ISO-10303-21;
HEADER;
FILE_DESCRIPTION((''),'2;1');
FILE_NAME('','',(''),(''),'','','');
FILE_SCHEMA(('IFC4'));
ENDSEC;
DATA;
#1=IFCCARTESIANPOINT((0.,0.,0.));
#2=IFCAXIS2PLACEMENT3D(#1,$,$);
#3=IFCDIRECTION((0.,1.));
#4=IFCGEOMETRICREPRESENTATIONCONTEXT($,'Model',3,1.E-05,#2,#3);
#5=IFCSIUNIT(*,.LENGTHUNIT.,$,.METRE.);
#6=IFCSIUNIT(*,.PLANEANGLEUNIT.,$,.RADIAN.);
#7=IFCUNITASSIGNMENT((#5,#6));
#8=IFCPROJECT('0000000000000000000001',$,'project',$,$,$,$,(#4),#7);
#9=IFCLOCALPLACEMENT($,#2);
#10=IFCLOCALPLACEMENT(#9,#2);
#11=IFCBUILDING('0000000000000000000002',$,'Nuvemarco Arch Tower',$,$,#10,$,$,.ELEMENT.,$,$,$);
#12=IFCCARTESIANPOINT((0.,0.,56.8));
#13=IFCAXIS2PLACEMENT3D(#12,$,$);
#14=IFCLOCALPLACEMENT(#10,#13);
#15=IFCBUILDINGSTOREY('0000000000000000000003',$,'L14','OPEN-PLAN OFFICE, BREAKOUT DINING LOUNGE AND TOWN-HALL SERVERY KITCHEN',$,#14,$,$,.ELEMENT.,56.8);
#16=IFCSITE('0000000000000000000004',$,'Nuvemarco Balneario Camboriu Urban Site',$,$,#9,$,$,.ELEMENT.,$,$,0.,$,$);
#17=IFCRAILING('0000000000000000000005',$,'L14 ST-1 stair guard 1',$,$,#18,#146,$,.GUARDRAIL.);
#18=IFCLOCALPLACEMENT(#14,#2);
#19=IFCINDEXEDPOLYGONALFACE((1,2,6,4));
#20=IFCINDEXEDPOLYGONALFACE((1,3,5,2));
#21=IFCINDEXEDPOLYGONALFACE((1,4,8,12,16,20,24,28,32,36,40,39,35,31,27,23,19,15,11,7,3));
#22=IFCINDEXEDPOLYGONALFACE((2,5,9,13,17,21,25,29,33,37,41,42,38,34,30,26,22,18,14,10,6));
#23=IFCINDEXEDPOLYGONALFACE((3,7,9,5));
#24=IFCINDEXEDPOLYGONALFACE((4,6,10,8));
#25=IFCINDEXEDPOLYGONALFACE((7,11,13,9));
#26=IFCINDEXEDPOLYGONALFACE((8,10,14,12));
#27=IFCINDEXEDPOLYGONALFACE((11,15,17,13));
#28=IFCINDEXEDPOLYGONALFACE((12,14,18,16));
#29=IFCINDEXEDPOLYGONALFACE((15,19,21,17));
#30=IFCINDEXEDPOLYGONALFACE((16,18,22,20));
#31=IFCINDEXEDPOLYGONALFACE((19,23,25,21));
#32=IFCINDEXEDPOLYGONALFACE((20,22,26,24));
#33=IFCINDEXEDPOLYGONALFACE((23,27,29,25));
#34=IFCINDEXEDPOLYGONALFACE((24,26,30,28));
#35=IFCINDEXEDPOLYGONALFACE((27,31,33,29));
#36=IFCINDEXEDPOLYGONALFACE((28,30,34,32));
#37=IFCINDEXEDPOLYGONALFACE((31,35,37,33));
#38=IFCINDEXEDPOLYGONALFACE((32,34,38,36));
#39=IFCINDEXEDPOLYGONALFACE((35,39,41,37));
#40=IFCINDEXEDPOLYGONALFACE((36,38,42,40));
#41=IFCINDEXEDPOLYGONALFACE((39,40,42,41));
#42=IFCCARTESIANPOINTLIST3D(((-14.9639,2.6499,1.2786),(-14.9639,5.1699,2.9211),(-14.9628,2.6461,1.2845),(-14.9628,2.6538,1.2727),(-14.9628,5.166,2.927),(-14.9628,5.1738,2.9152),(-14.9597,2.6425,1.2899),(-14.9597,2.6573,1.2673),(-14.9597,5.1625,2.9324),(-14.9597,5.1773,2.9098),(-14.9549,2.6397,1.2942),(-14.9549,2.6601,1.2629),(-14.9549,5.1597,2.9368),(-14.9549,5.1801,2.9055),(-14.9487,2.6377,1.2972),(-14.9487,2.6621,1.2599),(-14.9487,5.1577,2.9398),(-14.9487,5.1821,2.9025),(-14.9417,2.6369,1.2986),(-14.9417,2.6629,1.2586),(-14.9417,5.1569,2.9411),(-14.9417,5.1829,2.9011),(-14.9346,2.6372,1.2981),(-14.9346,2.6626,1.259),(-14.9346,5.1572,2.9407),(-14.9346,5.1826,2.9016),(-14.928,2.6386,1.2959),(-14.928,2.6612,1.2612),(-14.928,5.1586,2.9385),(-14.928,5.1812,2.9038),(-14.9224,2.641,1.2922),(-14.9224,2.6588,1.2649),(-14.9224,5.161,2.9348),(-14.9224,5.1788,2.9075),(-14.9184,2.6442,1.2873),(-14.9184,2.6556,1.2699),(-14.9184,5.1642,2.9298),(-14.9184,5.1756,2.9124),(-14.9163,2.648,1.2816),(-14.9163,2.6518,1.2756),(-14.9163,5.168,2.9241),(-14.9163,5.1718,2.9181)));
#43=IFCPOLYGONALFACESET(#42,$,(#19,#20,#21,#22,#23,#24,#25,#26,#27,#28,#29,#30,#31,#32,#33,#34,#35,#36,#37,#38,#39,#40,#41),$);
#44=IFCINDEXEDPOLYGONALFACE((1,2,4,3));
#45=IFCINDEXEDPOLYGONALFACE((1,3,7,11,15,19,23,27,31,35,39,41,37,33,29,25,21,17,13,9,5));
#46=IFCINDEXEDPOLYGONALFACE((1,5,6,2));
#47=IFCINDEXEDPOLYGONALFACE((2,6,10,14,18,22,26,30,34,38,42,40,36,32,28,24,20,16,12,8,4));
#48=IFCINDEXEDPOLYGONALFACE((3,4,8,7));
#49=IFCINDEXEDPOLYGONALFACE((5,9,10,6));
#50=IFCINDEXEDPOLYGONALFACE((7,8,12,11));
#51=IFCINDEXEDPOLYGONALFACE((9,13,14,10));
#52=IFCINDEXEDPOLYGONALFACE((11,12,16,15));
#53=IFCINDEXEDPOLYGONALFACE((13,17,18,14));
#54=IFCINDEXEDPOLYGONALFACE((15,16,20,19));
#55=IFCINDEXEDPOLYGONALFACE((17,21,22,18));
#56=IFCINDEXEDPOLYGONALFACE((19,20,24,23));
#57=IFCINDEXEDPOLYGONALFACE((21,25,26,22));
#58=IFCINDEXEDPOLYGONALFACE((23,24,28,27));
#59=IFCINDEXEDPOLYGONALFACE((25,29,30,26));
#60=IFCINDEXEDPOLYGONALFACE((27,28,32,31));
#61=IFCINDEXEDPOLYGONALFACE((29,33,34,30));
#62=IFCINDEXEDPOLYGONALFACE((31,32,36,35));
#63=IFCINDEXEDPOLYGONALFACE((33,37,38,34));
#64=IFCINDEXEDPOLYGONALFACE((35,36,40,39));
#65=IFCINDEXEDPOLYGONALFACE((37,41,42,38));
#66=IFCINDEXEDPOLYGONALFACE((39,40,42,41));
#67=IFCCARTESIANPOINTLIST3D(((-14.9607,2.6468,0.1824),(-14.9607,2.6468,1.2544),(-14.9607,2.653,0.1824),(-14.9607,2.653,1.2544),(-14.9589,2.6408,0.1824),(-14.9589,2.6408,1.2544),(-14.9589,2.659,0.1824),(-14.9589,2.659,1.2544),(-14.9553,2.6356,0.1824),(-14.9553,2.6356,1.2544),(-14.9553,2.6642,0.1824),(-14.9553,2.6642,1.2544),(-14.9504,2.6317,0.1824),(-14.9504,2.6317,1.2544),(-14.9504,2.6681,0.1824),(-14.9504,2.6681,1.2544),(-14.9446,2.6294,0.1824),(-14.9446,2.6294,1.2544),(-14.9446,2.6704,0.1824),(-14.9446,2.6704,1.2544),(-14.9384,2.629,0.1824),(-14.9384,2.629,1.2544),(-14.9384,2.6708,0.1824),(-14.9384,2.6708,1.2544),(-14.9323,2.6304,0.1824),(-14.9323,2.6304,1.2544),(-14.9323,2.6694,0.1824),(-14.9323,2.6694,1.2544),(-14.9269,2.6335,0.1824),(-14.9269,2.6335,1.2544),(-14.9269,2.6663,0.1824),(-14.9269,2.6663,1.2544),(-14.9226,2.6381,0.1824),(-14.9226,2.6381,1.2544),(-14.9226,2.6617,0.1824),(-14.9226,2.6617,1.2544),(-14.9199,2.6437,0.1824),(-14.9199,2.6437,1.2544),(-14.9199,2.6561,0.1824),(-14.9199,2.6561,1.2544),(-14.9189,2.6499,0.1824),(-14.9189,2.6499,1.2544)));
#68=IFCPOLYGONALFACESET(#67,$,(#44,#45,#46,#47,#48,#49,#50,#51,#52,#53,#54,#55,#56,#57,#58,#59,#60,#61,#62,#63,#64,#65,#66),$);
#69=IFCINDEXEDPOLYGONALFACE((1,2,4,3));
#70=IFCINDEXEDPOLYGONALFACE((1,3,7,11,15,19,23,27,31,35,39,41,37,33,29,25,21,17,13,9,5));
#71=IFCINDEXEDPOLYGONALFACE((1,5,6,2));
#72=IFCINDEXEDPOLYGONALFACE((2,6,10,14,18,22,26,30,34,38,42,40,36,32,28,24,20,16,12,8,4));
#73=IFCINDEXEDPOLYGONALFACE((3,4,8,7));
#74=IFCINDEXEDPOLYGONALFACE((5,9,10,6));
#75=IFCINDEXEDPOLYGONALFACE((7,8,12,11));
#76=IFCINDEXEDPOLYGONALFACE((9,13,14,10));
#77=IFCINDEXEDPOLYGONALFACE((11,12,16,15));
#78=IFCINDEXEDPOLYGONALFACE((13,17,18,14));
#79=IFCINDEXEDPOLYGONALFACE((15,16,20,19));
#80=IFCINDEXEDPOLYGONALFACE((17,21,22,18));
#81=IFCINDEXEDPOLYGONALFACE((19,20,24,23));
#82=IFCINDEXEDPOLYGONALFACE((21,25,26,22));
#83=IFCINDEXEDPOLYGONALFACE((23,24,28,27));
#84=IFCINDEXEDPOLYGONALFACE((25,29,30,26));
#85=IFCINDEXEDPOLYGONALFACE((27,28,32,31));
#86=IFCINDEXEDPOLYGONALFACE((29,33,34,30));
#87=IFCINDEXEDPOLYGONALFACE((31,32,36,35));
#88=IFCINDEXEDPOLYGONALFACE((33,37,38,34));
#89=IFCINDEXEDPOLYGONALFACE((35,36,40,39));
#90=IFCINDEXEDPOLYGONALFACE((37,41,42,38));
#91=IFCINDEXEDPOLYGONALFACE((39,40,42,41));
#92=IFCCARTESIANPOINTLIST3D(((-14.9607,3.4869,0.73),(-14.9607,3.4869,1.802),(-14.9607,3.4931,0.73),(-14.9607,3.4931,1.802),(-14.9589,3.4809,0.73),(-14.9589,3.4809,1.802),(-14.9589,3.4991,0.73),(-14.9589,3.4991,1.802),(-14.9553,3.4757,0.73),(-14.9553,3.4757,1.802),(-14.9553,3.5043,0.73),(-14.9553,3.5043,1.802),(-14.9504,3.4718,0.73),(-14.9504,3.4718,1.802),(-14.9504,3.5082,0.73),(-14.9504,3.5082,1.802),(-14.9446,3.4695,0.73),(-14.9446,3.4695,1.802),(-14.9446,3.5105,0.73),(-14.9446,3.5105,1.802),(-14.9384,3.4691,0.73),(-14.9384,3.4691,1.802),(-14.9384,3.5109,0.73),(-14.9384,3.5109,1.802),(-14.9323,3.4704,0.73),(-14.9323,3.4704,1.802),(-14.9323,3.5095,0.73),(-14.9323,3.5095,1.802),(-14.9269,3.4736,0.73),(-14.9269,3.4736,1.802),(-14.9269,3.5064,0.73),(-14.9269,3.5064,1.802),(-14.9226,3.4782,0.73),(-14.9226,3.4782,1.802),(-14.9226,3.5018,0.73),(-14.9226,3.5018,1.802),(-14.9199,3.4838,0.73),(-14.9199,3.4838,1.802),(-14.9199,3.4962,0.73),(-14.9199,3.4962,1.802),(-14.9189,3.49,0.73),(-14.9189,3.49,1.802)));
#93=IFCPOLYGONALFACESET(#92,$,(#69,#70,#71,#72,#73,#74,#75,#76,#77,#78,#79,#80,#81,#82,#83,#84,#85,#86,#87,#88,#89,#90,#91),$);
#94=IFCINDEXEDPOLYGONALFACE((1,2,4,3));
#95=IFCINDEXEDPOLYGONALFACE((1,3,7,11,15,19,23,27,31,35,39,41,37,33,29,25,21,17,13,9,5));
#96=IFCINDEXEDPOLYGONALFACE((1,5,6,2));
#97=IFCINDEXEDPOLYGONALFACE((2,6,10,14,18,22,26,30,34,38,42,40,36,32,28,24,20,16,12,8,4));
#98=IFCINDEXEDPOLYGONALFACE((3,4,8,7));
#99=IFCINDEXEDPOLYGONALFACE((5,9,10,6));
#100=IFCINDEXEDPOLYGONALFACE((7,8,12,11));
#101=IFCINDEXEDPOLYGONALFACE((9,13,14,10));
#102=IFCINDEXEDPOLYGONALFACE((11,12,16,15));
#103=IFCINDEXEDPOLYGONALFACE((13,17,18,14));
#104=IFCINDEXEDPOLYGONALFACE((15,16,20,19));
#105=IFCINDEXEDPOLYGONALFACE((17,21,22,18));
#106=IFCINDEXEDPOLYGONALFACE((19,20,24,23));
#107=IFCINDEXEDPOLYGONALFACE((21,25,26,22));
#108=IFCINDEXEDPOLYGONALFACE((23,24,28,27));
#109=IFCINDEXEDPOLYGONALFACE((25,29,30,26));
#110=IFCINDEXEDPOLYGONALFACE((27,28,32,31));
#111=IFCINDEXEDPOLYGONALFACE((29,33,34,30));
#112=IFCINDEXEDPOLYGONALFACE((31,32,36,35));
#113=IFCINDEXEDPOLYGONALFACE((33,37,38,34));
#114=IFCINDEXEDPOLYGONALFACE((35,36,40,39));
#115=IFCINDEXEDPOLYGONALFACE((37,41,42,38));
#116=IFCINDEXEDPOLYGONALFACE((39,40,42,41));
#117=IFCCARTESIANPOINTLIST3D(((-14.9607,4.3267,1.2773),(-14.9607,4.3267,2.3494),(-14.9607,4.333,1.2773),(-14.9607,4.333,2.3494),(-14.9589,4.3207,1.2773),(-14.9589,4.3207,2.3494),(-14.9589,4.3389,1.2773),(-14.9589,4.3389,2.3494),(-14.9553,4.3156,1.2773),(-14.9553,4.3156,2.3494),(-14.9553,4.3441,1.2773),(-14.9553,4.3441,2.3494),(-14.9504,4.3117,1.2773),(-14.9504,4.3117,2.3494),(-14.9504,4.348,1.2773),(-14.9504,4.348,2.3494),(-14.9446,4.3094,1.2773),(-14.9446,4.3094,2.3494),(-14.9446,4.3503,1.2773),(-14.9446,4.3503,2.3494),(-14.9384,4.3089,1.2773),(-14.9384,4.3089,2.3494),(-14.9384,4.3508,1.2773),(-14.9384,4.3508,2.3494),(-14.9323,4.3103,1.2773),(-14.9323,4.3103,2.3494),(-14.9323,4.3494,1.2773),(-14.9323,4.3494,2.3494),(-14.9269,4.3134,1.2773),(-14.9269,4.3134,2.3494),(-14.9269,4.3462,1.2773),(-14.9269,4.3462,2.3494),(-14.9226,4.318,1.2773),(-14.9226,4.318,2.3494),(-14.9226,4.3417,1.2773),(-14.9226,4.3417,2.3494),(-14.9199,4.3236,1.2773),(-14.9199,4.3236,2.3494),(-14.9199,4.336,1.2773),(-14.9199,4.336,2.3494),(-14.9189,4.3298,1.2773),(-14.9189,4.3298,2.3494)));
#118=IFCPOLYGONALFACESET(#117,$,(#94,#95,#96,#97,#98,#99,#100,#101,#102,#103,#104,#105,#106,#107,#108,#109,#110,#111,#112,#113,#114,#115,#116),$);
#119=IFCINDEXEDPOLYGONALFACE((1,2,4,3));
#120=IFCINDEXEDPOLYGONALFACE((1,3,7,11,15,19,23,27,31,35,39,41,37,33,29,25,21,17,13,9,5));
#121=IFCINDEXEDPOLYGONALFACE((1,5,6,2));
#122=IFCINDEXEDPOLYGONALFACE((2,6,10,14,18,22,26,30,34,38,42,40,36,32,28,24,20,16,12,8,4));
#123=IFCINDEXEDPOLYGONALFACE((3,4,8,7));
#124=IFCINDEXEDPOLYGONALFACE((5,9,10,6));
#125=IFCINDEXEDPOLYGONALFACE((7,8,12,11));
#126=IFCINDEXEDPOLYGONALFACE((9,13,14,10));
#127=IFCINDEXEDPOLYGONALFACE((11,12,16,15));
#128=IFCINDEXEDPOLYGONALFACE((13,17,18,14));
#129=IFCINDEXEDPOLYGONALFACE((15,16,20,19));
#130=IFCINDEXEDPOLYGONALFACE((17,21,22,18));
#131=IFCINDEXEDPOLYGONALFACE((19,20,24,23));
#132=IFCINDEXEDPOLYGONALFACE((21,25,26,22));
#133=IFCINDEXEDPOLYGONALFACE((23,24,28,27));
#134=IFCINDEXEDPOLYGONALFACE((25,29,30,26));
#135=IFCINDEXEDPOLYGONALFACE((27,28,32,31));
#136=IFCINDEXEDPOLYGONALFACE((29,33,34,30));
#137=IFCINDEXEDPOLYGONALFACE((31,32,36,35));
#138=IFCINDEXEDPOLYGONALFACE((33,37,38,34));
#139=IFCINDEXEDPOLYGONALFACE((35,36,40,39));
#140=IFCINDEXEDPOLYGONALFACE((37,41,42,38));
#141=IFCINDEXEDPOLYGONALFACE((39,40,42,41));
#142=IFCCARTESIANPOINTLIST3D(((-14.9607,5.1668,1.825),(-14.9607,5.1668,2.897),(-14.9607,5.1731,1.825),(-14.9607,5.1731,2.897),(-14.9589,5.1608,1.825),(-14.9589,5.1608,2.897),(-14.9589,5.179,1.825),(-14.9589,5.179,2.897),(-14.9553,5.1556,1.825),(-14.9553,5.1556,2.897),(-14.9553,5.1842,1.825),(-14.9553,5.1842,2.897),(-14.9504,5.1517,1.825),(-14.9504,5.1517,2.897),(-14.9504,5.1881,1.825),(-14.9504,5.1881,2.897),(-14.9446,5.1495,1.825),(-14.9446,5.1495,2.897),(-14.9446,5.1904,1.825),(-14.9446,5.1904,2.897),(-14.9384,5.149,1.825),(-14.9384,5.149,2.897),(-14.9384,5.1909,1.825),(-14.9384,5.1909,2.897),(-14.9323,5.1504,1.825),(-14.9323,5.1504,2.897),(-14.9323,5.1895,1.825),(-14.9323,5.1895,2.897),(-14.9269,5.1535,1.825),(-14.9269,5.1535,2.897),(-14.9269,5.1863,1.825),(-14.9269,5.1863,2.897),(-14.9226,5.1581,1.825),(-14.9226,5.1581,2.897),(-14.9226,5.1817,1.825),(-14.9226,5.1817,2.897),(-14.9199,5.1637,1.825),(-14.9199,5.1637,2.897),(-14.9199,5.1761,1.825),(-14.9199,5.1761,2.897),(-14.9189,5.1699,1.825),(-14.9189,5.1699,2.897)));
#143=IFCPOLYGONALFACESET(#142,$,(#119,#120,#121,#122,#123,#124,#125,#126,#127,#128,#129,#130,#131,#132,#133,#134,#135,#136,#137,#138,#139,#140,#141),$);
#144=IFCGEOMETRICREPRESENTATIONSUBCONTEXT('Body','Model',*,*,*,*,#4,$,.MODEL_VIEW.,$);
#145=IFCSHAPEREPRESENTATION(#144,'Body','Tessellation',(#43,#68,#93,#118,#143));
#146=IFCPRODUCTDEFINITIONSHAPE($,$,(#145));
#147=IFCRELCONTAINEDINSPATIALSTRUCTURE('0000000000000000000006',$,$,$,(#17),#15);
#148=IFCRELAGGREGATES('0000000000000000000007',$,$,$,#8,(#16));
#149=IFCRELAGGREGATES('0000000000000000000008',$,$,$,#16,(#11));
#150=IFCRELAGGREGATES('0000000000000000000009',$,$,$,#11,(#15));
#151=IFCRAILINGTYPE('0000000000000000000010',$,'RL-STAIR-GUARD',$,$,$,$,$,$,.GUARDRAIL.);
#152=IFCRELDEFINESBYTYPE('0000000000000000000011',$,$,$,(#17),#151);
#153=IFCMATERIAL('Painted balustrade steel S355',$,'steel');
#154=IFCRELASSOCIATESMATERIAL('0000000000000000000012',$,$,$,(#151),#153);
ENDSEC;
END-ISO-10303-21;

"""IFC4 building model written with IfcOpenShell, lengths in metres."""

from ifc_helpers import new_model, si_unit, direction, frame, origin, origin_2d, place, context, subcontext, project, spatial, circle, extrude, material, type_object, element, save


model = new_model("IFC4")

# Units and contexts
model_context = context("Model", 3, precision=1e-05, world=origin(), true_north=direction((0.0, 1.0)))
body_context = subcontext(model_context, "Body", "Model", "MODEL_VIEW")
ifc_project = project(units=[si_unit("LENGTHUNIT", "METRE"), si_unit("PLANEANGLEUNIT", "RADIAN")], contexts=[model_context])

# Site, building, storey
site_placement = place(None, origin())
site = spatial("IfcSite", under=ifc_project, at=site_placement, Name="Nuvemarco Balneario Camboriu Urban Site", CompositionType="ELEMENT", RefElevation=0.0)
building_placement = place(site_placement, origin())
building = spatial("IfcBuilding", under=site, at=building_placement, Name="Nuvemarco Arch Tower", CompositionType="ELEMENT")
storey_placement = place(building_placement, frame((0.0, 0.0, 56.8)))
storey = spatial("IfcBuildingStorey", under=building, at=storey_placement, Name="L14", Description="OPEN-PLAN OFFICE, BREAKOUT DINING LOUNGE AND TOWN-HALL SERVERY KITCHEN", CompositionType="ELEMENT", Elevation=56.8)

# Railing
ifc_material_1 = material(Name="Painted balustrade steel S355", Category="steel")
railing_type_1 = type_object("IfcRailingType", Name="RL-STAIR-GUARD", PredefinedType="GUARDRAIL", material=ifc_material_1)
railing_1_placement = place(storey_placement, frame((-14.9399, 2.6499, 0.1824)))
element("IfcRailing", 1, at=railing_1_placement, inside=storey, type_object=railing_type_1, Name="L14 ST-1 stair guard 1", PredefinedType="GUARDRAIL", context=body_context, shape_type="SweptSolid", body=[
    extrude(circle(Radius=0.0239, at=origin_2d()), frame((0.0, 0.0, 1.0962), z_axis=(0.0, 0.837749, 0.546055), x_axis=(-1.0, 0.0, 0.0)), (0.0, 0.0, 1.0), 3.0081),
    extrude(circle(Radius=0.021, at=origin_2d()), origin(), (0.0, 0.0, 1.0), 1.072),
    extrude(circle(Radius=0.021, at=origin_2d()), frame((0.0, 0.8401, 0.5476)), (0.0, 0.0, 1.0), 1.072),
    extrude(circle(Radius=0.021, at=origin_2d()), frame((0.0, 1.6799, 1.095)), (0.0, 0.0, 1.0), 1.072),
    extrude(circle(Radius=0.021, at=origin_2d()), frame((0.0, 2.52, 1.6426)), (0.0, 0.0, 1.0), 1.072),
])

save(model, "model.ifc")
